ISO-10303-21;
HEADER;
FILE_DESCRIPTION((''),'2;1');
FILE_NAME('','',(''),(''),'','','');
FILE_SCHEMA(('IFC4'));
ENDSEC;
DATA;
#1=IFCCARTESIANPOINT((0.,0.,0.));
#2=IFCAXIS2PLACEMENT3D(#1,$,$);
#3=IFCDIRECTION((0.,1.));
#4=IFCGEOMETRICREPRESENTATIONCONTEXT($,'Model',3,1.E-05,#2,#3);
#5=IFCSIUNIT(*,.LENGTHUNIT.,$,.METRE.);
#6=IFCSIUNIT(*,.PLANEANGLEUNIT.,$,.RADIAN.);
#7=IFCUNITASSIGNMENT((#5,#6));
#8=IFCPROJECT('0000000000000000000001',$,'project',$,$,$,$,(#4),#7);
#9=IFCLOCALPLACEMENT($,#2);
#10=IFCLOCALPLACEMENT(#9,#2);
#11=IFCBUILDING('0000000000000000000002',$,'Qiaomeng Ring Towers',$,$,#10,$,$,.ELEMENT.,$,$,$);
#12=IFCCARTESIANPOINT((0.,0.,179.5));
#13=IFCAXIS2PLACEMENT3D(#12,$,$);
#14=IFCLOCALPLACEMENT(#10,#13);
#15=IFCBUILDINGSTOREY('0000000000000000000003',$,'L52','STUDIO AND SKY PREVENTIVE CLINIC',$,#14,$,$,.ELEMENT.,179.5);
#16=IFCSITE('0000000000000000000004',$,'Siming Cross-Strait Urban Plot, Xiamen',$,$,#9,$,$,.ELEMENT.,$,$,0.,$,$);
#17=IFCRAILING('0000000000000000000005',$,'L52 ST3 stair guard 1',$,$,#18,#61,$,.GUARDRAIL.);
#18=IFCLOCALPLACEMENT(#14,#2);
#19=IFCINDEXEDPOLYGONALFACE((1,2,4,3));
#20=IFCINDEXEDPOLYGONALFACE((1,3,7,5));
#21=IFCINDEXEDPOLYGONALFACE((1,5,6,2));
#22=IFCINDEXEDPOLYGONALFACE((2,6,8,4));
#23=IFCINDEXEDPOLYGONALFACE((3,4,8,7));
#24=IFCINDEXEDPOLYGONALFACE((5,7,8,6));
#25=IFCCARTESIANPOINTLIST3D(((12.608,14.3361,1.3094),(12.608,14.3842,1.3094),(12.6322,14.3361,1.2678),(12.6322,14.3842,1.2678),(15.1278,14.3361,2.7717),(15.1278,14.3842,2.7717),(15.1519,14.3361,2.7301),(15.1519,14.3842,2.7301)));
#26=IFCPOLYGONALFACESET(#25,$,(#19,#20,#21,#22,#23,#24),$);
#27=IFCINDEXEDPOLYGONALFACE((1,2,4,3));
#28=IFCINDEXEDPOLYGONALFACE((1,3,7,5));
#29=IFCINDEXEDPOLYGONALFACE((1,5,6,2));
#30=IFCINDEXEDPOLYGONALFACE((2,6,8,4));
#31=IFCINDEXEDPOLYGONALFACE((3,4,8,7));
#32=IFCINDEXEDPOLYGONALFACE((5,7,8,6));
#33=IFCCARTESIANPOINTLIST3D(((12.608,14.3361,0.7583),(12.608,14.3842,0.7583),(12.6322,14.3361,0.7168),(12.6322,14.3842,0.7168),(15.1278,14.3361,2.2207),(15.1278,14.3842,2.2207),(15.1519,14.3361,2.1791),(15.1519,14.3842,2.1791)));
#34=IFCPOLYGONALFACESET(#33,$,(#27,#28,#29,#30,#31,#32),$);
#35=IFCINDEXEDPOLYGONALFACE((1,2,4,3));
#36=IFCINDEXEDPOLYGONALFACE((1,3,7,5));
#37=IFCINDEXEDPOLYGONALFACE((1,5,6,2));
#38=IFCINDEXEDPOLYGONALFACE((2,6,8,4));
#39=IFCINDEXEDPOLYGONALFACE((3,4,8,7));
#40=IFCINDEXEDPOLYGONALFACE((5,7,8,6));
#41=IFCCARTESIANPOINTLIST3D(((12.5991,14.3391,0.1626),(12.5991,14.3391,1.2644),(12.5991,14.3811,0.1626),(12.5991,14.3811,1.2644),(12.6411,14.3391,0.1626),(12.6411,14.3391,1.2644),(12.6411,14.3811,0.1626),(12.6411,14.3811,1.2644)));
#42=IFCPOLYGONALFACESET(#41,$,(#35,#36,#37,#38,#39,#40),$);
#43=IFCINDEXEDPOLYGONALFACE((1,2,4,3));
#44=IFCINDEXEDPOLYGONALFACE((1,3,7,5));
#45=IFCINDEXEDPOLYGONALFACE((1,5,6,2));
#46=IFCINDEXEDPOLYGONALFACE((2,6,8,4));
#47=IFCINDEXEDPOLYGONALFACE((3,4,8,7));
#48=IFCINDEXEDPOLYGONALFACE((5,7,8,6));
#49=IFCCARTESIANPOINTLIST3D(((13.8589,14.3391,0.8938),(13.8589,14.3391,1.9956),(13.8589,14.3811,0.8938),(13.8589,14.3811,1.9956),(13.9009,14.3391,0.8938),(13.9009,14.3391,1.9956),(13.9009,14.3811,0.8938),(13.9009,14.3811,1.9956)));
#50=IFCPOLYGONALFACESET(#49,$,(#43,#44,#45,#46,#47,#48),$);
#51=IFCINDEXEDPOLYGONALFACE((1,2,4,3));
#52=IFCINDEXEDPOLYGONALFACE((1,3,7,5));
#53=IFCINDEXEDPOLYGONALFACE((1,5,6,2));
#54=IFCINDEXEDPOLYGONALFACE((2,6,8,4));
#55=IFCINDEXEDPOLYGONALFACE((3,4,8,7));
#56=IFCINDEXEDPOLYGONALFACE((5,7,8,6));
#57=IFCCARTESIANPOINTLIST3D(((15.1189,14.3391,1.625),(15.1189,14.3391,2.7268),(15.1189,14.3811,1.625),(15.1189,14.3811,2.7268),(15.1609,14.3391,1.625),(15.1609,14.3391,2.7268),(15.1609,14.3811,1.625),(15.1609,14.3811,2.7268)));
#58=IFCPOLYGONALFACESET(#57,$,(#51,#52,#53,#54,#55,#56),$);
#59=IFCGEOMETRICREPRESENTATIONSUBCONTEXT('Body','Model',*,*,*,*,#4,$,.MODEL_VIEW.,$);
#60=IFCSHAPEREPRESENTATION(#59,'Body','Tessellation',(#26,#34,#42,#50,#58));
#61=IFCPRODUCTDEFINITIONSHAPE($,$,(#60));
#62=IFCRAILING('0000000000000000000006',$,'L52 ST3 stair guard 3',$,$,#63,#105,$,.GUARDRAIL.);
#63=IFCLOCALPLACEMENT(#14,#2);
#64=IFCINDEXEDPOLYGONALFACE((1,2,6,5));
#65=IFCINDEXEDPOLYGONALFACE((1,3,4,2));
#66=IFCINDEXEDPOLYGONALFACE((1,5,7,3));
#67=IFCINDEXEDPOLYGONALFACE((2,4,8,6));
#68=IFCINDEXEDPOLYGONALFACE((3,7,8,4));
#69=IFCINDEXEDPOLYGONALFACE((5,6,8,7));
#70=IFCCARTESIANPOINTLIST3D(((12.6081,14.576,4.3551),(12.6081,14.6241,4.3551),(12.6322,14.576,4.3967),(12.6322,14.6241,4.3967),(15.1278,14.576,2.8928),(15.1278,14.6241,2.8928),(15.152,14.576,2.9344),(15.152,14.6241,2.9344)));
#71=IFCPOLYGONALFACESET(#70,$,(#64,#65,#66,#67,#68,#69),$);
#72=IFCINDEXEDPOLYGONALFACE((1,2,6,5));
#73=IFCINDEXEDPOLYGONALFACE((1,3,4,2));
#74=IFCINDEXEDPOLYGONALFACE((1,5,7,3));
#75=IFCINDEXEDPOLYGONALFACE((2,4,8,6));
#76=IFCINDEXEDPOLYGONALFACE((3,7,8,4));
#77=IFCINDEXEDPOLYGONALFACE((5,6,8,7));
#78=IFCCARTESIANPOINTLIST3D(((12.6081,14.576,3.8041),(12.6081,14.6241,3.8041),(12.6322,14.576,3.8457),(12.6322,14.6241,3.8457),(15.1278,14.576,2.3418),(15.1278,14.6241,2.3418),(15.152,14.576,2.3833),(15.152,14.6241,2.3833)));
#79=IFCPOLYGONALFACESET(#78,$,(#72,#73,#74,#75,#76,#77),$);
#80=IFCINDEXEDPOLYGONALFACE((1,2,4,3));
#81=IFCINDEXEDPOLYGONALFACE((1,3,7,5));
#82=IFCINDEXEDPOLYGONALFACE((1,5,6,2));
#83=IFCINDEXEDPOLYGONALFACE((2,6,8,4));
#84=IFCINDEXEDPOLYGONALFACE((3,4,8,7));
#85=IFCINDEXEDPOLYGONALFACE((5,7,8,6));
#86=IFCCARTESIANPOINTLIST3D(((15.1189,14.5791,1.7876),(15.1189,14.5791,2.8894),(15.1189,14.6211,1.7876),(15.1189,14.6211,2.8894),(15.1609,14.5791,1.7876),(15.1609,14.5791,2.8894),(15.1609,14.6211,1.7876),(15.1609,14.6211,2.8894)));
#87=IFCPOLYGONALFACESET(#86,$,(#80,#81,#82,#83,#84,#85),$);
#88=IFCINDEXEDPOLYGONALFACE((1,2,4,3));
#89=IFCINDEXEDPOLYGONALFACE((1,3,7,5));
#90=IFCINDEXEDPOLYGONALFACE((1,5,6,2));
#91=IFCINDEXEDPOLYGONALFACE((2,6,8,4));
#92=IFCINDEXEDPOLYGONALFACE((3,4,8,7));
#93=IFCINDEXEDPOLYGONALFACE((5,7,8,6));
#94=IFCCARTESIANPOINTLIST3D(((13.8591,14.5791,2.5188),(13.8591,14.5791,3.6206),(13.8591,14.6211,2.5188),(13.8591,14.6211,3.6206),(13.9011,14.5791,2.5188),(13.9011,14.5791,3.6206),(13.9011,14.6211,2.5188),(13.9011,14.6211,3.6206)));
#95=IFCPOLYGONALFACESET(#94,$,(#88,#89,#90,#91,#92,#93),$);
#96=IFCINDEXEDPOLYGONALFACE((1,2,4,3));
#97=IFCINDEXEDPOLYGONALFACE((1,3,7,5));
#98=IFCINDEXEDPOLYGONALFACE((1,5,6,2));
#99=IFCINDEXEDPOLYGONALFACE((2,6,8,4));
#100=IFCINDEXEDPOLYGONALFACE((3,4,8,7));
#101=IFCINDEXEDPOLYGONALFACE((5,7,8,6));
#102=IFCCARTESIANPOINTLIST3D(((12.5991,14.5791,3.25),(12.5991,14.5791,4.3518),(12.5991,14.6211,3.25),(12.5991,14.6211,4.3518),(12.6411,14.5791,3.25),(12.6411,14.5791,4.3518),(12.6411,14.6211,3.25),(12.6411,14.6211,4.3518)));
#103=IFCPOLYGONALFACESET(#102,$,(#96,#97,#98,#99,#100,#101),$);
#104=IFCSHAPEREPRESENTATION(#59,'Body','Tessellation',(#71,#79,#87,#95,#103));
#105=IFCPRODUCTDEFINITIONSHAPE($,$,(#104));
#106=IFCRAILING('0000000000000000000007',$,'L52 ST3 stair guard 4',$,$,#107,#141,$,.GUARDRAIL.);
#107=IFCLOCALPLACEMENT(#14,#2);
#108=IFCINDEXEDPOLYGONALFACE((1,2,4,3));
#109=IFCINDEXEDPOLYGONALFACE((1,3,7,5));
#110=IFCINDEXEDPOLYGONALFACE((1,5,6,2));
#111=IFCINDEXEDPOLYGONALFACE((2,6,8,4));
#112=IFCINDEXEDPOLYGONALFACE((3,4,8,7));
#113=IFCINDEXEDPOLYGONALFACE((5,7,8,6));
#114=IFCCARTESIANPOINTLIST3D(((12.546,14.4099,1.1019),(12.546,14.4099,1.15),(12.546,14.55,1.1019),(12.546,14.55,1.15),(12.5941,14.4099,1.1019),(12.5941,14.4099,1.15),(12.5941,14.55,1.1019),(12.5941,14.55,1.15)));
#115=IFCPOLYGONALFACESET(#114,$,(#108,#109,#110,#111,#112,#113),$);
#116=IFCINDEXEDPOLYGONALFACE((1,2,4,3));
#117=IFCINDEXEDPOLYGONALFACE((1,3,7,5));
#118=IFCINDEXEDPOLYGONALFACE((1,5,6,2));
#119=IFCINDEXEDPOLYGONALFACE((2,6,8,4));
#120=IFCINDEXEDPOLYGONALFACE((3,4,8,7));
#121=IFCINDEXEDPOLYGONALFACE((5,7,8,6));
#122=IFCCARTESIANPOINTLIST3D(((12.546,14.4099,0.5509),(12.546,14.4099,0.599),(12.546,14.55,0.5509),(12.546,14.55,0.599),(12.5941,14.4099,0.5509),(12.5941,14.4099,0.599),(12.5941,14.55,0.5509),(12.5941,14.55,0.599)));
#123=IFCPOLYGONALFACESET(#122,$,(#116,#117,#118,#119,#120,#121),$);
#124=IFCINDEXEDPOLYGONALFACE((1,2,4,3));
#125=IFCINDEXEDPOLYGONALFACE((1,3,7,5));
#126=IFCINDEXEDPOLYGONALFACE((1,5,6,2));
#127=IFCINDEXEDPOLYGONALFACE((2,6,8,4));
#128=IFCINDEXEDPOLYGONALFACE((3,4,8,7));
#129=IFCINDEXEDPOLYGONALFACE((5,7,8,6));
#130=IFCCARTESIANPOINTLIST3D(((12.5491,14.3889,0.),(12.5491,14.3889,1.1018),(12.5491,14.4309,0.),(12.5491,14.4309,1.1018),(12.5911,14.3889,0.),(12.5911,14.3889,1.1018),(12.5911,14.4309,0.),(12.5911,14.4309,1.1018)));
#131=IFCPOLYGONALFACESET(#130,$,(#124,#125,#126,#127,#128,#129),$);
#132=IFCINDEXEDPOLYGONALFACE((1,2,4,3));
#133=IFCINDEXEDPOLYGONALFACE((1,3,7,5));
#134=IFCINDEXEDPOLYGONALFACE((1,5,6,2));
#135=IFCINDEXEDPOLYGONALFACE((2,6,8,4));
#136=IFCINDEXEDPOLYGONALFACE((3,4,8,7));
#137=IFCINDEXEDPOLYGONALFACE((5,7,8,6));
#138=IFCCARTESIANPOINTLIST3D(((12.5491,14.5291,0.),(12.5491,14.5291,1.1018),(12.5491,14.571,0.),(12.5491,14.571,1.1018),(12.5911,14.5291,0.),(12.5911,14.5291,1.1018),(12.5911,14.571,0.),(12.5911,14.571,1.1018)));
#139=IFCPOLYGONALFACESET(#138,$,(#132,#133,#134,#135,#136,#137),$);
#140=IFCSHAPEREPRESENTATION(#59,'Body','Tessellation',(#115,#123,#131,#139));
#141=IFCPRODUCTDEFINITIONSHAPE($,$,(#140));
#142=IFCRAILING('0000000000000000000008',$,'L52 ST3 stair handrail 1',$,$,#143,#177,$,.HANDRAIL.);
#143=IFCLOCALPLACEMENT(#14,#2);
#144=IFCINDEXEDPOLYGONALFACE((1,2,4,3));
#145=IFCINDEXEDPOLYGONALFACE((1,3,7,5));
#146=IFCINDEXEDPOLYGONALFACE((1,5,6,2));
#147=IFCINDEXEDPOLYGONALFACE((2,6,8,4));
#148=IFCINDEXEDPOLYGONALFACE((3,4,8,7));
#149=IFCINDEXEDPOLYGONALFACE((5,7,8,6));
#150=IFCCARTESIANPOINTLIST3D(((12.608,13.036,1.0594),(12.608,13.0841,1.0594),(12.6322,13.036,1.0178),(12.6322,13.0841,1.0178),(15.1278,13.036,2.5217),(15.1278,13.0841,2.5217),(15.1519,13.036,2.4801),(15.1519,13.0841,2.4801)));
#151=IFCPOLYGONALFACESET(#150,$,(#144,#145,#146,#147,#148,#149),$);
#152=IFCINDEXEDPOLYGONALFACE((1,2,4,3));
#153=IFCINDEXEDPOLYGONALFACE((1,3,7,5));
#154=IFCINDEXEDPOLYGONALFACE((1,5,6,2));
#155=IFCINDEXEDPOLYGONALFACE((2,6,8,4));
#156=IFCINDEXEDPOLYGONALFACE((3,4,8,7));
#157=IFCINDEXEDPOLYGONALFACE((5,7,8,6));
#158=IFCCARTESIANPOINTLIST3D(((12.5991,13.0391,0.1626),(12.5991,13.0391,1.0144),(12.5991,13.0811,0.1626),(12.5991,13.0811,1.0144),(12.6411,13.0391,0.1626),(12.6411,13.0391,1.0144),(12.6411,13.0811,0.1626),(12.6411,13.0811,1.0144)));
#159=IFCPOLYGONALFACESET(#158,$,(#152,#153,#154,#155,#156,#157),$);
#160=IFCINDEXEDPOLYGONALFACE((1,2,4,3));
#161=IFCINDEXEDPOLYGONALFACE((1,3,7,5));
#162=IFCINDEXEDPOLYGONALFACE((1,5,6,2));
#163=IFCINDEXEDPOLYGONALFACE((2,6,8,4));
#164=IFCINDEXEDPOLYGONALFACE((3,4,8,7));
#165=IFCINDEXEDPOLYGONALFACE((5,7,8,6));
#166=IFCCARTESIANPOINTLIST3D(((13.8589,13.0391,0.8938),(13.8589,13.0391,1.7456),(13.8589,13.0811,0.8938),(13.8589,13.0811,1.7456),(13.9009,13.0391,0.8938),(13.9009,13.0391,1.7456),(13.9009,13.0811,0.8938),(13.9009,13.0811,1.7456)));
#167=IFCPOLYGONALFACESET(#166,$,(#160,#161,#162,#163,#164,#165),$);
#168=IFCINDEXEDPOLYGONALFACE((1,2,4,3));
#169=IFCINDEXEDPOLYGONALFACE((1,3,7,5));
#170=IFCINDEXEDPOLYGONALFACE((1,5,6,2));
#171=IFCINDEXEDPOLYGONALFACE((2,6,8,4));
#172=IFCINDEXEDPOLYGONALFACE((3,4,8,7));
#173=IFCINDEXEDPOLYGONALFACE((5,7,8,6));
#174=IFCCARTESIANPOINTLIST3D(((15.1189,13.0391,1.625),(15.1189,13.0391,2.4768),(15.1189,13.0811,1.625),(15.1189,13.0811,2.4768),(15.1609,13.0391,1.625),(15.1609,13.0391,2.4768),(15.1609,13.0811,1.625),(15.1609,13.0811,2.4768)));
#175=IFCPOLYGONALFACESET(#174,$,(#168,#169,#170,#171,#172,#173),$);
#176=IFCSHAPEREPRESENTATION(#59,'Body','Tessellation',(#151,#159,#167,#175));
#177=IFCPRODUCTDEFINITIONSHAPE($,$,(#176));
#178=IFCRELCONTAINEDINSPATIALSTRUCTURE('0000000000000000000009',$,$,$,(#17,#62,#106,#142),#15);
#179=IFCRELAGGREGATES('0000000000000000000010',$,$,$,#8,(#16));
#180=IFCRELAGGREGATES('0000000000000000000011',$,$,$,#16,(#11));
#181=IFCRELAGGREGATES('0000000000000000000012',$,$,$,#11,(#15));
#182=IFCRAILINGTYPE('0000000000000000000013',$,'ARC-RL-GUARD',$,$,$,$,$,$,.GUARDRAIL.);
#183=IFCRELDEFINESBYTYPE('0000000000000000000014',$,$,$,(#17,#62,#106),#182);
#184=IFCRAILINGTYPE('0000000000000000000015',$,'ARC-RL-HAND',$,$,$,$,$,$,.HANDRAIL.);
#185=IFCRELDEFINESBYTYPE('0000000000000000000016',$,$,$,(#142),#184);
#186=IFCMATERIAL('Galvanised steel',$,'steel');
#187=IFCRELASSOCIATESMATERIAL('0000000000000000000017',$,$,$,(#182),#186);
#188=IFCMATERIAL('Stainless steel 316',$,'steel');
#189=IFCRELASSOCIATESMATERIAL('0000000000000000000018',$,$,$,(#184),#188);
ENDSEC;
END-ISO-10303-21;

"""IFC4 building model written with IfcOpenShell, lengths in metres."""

from ifc_helpers import new_model, si_unit, direction, frame, origin, origin_2d, place, context, subcontext, project, spatial, rectangle, extrude, material, type_object, element, save


model = new_model("IFC4")

# Units and contexts
model_context = context("Model", 3, precision=1e-05, world=origin(), true_north=direction((0.0, 1.0)))
body_context = subcontext(model_context, "Body", "Model", "MODEL_VIEW")
ifc_project = project(units=[si_unit("LENGTHUNIT", "METRE"), si_unit("PLANEANGLEUNIT", "RADIAN")], contexts=[model_context])

# Site, building, storey
site_placement = place(None, origin())
site = spatial("IfcSite", under=ifc_project, at=site_placement, Name="Siming Cross-Strait Urban Plot, Xiamen", CompositionType="ELEMENT", RefElevation=0.0)
building_placement = place(site_placement, origin())
building = spatial("IfcBuilding", under=site, at=building_placement, Name="Qiaomeng Ring Towers", CompositionType="ELEMENT")
storey_placement = place(building_placement, frame((0.0, 0.0, 179.5)))
storey = spatial("IfcBuildingStorey", under=building, at=storey_placement, Name="L52", Description="STUDIO AND SKY PREVENTIVE CLINIC", CompositionType="ELEMENT", Elevation=179.5)

# Shared definitions
ifc_material_1 = material(Name="Galvanised steel", Category="steel")

# Railings
railing_type_1 = type_object("IfcRailingType", Name="ARC-RL-GUARD", PredefinedType="GUARDRAIL", material=ifc_material_1)
railing_1_placement = place(storey_placement, frame((12.6201, 14.3601, 0.1626)))
element("IfcRailing", 1, at=railing_1_placement, inside=storey, type_object=railing_type_1, Name="L52 ST3 stair guard 1", PredefinedType="GUARDRAIL", context=body_context, shape_type="SweptSolid", body=[
    extrude(rectangle(XDim=0.0481, YDim=0.0481, at=origin_2d()), frame((0.0, 0.0, 1.126), z_axis=(0.864892, 0.0, 0.501958), x_axis=(0.0, 1.0, 0.0)), (0.0, 0.0, 1.0), 2.9133),
    extrude(rectangle(XDim=0.0481, YDim=0.0481, at=origin_2d()), frame((0.0, 0.0, 0.575), z_axis=(0.864892, 0.0, 0.501958), x_axis=(0.0, 1.0, 0.0)), (0.0, 0.0, 1.0), 2.9133),
    extrude(rectangle(XDim=0.042, YDim=0.042, at=origin_2d()), origin(), (0.0, 0.0, 1.0), 1.1018),
    extrude(rectangle(XDim=0.042, YDim=0.042, at=origin_2d()), frame((1.2598, 0.0, 0.7312)), (0.0, 0.0, 1.0), 1.1018),
    extrude(rectangle(XDim=0.042, YDim=0.042, at=origin_2d()), frame((2.5198, 0.0, 1.4624)), (0.0, 0.0, 1.0), 1.1018),
])
railing_2_placement = place(storey_placement, frame((15.1399, 14.6001, 1.7876)))
element("IfcRailing", 2, at=railing_2_placement, inside=storey, type_object=railing_type_1, Name="L52 ST3 stair guard 3", PredefinedType="GUARDRAIL", context=body_context, shape_type="SweptSolid", body=[
    extrude(rectangle(XDim=0.0481, YDim=0.0481, at=origin_2d()), frame((0.0, 0.0, 1.126), z_axis=(-0.864892, 0.0, 0.501958), x_axis=(0.0, -1.0, 0.0)), (0.0, 0.0, 1.0), 2.9133),
    extrude(rectangle(XDim=0.0481, YDim=0.0481, at=origin_2d()), frame((0.0, 0.0, 0.575), z_axis=(-0.864892, 0.0, 0.501958), x_axis=(0.0, -1.0, 0.0)), (0.0, 0.0, 1.0), 2.9133),
    extrude(rectangle(XDim=0.042, YDim=0.042, at=origin_2d()), origin(), (0.0, 0.0, 1.0), 1.1018),
    extrude(rectangle(XDim=0.042, YDim=0.042, at=origin_2d()), frame((-1.2598, 0.0, 0.7312)), (0.0, 0.0, 1.0), 1.1018),
    extrude(rectangle(XDim=0.042, YDim=0.042, at=origin_2d()), frame((-2.5198, 0.0, 1.4624)), (0.0, 0.0, 1.0), 1.1018),
])
railing_3_placement = place(storey_placement, frame((12.5701, 14.4099, 0.0)))
element("IfcRailing", 3, at=railing_3_placement, inside=storey, type_object=railing_type_1, Name="L52 ST3 stair guard 4", PredefinedType="GUARDRAIL", context=body_context, shape_type="SweptSolid", body=[
    extrude(rectangle(XDim=0.0481, YDim=0.0481, at=origin_2d()), frame((0.0, 0.0, 1.126), z_axis=(0.0, 1.0, 0.0), x_axis=(-1.0, 0.0, 0.0)), (0.0, 0.0, 1.0), 0.1401),
    extrude(rectangle(XDim=0.0481, YDim=0.0481, at=origin_2d()), frame((0.0, 0.0, 0.575), z_axis=(0.0, 1.0, 0.0), x_axis=(-1.0, 0.0, 0.0)), (0.0, 0.0, 1.0), 0.1401),
    extrude(rectangle(XDim=0.042, YDim=0.042, at=origin_2d()), origin(), (0.0, 0.0, 1.0), 1.1018),
    extrude(rectangle(XDim=0.042, YDim=0.042, at=origin_2d()), frame((0.0, 0.1401, 0.0)), (0.0, 0.0, 1.0), 1.1018),
])
ifc_material_2 = material(Name="Stainless steel 316", Category="steel")
railing_type_2 = type_object("IfcRailingType", Name="ARC-RL-HAND", PredefinedType="HANDRAIL", material=ifc_material_2)
railing_4_placement = place(storey_placement, frame((12.6201, 13.0601, 0.1626)))
element("IfcRailing", 4, at=railing_4_placement, inside=storey, type_object=railing_type_2, Name="L52 ST3 stair handrail 1", PredefinedType="HANDRAIL", context=body_context, shape_type="SweptSolid", body=[
    extrude(rectangle(XDim=0.0481, YDim=0.0481, at=origin_2d()), frame((0.0, 0.0, 0.876), z_axis=(0.864892, 0.0, 0.501958), x_axis=(0.0, 1.0, 0.0)), (0.0, 0.0, 1.0), 2.9133),
    extrude(rectangle(XDim=0.042, YDim=0.042, at=origin_2d()), origin(), (0.0, 0.0, 1.0), 0.8518),
    extrude(rectangle(XDim=0.042, YDim=0.042, at=origin_2d()), frame((1.2598, 0.0, 0.7312)), (0.0, 0.0, 1.0), 0.8518),
    extrude(rectangle(XDim=0.042, YDim=0.042, at=origin_2d()), frame((2.5198, 0.0, 1.4624)), (0.0, 0.0, 1.0), 0.8518),
])

save(model, "model.ifc")
